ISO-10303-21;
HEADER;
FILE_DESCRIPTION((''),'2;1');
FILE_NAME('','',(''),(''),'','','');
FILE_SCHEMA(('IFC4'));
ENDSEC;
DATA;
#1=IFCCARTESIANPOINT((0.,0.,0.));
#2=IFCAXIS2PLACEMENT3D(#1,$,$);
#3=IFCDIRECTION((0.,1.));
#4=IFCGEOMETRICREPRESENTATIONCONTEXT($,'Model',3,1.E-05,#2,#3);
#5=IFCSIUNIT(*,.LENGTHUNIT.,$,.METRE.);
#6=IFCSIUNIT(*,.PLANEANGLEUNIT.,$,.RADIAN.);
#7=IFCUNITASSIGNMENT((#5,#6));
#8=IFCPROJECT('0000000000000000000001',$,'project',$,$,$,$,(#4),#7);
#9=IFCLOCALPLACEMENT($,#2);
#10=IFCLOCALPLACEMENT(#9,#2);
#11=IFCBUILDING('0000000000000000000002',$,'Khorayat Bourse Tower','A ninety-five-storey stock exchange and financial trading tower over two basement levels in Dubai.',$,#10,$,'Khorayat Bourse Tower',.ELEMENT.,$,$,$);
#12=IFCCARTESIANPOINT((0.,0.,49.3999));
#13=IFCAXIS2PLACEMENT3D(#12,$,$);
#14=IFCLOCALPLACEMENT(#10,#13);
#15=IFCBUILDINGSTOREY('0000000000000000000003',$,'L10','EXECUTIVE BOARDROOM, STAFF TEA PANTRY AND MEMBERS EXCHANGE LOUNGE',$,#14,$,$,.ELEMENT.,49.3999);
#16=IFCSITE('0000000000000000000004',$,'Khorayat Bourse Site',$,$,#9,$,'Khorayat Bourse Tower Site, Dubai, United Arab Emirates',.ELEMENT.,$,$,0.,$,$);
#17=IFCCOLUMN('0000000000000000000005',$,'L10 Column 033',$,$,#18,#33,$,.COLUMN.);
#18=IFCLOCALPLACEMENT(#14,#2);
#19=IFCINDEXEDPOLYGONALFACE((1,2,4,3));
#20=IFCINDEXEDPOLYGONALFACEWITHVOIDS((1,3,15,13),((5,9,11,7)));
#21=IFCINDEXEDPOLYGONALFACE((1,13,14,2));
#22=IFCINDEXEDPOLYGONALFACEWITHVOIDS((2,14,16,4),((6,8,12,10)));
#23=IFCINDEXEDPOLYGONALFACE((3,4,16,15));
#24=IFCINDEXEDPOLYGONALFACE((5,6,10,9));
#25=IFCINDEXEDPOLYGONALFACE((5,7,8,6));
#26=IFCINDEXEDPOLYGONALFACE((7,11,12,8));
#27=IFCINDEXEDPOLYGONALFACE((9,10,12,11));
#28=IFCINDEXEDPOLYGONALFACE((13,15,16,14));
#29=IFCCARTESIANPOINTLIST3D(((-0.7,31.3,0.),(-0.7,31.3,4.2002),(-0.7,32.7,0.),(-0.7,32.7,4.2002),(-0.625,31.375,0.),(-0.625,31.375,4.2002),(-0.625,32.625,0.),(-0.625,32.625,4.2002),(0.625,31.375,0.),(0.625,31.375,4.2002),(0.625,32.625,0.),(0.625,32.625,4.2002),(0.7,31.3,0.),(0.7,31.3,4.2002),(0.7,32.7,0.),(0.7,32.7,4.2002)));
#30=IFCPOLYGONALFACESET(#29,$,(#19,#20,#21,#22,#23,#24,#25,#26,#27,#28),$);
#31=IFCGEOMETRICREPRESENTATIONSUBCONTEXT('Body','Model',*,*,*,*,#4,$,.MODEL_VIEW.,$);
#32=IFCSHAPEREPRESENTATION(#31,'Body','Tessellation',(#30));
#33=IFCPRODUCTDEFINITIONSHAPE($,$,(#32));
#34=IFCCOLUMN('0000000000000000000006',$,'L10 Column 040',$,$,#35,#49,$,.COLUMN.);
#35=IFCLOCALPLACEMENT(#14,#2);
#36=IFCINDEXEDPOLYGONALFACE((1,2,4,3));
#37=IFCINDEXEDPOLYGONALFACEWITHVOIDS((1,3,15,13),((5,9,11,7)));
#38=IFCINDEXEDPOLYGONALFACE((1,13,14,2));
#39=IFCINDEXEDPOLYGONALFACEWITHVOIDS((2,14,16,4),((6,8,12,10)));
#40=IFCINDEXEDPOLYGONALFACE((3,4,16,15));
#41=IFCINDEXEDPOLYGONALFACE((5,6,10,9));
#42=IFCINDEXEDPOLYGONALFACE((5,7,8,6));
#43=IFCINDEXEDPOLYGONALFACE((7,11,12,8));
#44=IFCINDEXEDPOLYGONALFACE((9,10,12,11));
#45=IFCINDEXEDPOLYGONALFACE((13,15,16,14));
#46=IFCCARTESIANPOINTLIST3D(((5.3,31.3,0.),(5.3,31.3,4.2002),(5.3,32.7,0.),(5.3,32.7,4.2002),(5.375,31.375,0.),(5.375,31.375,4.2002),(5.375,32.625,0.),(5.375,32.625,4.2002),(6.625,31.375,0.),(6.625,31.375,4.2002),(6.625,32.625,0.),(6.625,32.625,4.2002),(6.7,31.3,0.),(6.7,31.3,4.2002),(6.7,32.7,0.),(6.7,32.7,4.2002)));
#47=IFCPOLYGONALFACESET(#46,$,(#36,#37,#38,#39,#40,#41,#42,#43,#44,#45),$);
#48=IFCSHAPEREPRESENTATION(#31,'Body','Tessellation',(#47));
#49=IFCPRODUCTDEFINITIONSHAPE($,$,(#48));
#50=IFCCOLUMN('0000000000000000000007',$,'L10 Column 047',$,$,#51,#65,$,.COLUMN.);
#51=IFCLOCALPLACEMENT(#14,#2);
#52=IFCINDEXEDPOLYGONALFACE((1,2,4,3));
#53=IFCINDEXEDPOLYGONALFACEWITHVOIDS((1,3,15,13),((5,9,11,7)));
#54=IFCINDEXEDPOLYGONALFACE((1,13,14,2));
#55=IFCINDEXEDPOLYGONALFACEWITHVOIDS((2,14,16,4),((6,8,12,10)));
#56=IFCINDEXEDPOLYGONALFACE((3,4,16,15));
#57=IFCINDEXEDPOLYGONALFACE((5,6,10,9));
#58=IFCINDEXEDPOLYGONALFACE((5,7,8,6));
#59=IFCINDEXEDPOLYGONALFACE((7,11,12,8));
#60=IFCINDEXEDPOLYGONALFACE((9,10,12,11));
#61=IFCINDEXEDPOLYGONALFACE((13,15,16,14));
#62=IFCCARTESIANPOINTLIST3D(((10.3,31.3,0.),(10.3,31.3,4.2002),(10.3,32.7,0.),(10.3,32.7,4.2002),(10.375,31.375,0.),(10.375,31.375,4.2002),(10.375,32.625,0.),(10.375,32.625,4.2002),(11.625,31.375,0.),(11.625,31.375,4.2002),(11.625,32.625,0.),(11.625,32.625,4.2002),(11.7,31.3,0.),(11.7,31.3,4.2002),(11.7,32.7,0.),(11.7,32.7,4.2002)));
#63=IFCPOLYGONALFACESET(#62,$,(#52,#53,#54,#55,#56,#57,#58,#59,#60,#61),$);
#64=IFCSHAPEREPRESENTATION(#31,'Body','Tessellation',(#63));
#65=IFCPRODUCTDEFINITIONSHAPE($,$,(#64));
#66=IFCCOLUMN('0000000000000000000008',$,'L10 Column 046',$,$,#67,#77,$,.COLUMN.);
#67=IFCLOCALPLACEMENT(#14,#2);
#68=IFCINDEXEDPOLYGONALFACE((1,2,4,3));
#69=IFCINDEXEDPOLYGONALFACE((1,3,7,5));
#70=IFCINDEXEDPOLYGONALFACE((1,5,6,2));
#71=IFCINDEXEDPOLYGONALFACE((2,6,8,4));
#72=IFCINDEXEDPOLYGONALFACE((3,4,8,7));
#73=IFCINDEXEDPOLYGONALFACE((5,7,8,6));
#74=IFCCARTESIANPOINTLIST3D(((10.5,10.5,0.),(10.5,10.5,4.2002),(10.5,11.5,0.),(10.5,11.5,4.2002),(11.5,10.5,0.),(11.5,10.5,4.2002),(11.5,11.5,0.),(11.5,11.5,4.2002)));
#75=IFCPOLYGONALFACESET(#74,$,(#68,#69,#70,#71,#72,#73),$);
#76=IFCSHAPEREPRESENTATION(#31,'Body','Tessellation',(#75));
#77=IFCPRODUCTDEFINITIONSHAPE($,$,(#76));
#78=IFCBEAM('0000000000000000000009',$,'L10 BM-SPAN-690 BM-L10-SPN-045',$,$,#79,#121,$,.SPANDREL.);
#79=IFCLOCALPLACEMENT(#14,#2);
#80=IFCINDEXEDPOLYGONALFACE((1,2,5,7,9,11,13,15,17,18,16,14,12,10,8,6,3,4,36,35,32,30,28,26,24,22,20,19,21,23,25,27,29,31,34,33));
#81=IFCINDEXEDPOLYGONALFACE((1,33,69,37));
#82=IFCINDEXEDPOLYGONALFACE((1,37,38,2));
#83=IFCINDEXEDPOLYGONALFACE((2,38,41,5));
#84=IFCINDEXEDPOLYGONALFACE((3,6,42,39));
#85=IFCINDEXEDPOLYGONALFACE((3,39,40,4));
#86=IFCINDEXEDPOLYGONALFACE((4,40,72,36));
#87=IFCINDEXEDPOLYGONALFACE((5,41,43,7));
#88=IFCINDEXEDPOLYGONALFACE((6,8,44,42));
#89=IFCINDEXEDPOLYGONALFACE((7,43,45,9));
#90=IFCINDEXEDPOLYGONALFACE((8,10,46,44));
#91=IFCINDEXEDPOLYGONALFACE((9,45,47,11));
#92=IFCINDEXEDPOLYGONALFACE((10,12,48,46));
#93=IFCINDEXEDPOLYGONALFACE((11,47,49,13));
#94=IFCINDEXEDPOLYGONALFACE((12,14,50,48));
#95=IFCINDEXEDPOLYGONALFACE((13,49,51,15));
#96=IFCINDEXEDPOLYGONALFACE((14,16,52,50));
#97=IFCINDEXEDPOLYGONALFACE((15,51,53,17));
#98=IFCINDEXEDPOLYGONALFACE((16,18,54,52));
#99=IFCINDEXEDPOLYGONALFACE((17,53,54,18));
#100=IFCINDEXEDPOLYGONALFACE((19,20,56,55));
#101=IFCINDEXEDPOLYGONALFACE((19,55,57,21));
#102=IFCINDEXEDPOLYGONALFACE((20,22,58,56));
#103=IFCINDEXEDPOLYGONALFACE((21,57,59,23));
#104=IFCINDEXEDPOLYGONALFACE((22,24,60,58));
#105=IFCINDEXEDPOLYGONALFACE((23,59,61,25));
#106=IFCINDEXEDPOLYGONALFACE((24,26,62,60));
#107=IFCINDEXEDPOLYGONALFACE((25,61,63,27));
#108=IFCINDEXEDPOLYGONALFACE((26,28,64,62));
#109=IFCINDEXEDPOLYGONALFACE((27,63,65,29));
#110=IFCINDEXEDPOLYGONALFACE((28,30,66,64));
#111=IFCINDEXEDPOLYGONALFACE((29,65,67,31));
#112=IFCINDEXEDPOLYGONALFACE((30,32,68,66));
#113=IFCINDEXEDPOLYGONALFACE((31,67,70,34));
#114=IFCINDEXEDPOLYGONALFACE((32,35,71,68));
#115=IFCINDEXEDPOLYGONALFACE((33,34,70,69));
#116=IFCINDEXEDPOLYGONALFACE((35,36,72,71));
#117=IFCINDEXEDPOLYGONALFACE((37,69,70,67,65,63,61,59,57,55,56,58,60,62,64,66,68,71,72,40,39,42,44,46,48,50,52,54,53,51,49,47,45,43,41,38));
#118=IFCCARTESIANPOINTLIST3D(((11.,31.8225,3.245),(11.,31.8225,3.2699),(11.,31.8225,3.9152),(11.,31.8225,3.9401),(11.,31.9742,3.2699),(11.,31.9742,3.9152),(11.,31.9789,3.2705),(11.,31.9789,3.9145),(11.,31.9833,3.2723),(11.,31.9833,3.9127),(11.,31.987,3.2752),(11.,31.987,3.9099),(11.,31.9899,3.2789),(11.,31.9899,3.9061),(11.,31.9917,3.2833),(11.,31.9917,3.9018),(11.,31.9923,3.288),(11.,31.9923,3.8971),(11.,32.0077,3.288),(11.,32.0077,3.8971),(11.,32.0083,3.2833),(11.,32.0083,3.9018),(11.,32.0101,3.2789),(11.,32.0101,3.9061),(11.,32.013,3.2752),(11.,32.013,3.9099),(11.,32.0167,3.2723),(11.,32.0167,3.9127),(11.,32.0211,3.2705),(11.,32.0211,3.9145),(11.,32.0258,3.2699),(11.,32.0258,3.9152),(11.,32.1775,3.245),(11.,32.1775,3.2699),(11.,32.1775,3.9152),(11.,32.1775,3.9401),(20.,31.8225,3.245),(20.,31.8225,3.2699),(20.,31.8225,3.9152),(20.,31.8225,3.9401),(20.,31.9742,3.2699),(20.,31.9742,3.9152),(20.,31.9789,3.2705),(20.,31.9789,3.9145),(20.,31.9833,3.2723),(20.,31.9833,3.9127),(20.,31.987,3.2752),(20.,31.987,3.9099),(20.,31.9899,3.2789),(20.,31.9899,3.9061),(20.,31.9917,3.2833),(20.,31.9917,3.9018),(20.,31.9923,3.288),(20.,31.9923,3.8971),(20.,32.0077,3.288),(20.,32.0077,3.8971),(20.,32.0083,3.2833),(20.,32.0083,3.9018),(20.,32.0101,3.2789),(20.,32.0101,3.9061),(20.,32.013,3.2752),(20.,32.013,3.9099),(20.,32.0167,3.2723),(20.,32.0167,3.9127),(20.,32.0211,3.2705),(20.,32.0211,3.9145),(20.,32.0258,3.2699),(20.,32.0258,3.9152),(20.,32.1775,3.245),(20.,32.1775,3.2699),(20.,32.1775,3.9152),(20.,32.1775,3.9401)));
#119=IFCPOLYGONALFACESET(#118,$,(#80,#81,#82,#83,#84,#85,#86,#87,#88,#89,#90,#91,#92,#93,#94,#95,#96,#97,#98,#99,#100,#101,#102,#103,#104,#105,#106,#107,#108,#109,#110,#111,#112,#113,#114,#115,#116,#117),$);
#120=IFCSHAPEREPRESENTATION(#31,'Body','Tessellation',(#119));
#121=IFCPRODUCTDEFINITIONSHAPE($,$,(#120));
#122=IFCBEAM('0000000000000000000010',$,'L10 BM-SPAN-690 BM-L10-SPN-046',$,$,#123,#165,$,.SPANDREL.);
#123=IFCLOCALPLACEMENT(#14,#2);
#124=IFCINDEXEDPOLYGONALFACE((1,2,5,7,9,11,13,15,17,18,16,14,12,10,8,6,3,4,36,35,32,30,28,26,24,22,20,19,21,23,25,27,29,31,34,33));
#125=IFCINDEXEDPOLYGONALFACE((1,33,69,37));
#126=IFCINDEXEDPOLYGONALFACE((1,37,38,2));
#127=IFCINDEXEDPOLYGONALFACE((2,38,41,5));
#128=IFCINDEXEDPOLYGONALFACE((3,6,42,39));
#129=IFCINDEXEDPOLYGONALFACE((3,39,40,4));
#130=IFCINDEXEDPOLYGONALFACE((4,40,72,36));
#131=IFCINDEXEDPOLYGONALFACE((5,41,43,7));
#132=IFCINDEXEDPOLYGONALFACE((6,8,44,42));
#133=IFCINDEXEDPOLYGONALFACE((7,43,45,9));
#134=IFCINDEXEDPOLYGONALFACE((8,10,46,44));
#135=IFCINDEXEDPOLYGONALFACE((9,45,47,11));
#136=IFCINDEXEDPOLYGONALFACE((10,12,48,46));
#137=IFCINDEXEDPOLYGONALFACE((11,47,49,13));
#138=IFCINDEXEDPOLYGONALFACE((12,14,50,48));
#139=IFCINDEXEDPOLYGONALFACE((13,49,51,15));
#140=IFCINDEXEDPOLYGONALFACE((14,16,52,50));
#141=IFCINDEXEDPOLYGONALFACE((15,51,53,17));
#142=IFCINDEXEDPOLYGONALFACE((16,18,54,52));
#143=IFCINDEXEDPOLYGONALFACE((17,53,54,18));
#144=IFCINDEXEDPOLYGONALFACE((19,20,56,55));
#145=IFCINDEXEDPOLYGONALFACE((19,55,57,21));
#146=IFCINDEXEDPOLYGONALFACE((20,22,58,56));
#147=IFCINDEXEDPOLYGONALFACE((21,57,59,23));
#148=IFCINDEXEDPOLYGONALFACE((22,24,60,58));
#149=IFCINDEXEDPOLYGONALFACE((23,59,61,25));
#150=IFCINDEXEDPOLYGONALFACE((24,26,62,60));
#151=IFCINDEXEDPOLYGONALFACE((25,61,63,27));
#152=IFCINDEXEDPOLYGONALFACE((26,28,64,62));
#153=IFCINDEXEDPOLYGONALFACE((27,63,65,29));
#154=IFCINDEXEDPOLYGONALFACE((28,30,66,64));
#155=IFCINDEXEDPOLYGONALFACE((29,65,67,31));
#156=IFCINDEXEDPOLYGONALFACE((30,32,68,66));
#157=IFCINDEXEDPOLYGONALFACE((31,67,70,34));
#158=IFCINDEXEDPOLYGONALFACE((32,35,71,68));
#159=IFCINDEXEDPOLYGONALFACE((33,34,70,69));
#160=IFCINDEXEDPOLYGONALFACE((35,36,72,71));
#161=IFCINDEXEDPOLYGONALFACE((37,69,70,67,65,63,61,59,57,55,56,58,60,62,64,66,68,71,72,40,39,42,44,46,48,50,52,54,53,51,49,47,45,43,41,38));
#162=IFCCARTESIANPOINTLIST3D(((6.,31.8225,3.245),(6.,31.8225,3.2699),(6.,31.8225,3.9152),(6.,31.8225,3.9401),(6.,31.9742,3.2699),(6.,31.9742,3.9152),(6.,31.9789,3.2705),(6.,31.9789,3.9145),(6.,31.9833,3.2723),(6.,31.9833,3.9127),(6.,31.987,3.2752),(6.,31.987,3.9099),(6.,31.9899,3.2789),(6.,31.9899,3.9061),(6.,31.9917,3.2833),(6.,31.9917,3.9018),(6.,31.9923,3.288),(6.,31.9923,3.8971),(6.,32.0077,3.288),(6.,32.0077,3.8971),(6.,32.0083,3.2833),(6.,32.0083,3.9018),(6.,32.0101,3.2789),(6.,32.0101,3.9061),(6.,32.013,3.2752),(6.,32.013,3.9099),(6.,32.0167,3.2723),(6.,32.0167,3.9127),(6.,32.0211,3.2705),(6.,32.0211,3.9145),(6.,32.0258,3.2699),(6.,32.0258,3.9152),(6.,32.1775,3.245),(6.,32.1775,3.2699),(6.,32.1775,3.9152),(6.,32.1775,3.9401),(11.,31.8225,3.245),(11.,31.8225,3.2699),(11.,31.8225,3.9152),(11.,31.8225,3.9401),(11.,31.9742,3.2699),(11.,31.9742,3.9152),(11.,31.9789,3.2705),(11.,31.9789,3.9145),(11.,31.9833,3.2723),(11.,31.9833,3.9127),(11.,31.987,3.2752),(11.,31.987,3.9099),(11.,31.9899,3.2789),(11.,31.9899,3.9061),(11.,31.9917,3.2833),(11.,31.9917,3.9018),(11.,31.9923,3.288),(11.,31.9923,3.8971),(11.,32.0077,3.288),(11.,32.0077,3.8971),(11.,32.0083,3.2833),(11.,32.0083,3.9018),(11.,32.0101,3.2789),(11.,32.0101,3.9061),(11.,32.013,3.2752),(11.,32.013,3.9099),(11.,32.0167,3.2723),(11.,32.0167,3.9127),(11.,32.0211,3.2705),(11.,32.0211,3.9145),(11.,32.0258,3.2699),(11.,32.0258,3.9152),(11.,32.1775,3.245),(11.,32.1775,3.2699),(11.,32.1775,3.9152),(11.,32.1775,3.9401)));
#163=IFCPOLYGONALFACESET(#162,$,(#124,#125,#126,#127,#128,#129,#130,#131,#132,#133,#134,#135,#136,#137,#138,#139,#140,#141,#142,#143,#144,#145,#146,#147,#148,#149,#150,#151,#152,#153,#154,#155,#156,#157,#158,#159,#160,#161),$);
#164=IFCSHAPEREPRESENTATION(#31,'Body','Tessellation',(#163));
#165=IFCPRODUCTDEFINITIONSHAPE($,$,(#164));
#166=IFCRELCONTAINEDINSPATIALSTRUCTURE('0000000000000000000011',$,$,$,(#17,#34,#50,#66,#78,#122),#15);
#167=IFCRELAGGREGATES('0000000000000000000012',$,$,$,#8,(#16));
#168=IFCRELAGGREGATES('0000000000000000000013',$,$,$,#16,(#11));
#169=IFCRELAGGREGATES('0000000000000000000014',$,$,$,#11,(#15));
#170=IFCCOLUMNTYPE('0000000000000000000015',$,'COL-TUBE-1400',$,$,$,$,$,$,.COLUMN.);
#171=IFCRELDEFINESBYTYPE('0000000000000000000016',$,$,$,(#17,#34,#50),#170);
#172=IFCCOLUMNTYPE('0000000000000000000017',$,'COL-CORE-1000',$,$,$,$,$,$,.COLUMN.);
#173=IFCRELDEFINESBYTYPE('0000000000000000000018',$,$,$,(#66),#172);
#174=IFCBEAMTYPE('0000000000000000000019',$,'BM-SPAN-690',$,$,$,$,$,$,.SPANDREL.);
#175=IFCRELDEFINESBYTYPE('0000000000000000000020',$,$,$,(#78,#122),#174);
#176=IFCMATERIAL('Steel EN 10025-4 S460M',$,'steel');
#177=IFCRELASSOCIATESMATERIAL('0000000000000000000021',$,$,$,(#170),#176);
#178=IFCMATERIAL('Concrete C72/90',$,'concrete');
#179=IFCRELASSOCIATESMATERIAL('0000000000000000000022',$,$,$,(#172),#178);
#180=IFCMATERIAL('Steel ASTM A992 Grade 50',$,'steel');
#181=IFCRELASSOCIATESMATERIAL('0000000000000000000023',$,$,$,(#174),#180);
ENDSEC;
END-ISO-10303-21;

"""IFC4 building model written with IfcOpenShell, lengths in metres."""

from ifc_helpers import new_model, si_unit, direction, frame, origin, origin_2d, place, context, subcontext, project, spatial, rectangle, hollow_rectangle, i_section, extrude, source, transform, mapped, material, material_profile, profile_set, type_object, element, save


model = new_model("IFC4")

# Units and contexts
model_context = context("Model", 3, precision=1e-05, world=origin(), true_north=direction((0.0, 1.0)))
body_context = subcontext(model_context, "Body", "Model", "MODEL_VIEW")
ifc_project = project(units=[si_unit("LENGTHUNIT", "METRE"), si_unit("PLANEANGLEUNIT", "RADIAN")], contexts=[model_context])

# Site, building, storey
site_placement = place(None, origin())
site = spatial("IfcSite", under=ifc_project, at=site_placement, Name="Khorayat Bourse Site", LongName="Khorayat Bourse Tower Site, Dubai, United Arab Emirates", CompositionType="ELEMENT", RefElevation=0.0)
building_placement = place(site_placement, origin())
building = spatial("IfcBuilding", under=site, at=building_placement, Name="Khorayat Bourse Tower", Description="A ninety-five-storey stock exchange and financial trading tower over two basement levels in Dubai.", LongName="Khorayat Bourse Tower", CompositionType="ELEMENT")
storey_placement = place(building_placement, frame((0.0, 0.0, 49.3999)))
storey = spatial("IfcBuildingStorey", under=building, at=storey_placement, Name="L10", Description="EXECUTIVE BOARDROOM, STAFF TEA PANTRY AND MEMBERS EXCHANGE LOUNGE", CompositionType="ELEMENT", Elevation=49.3999)

# Columns
ifc_material_1 = material(Name="Steel EN 10025-4 S460M", Category="steel")
ifc_material_profile_1 = material_profile(ifc_material_1, hollow_rectangle(XDim=1.3999, YDim=1.3999, WallThickness=0.075, at=origin_2d()), Name="BOX 1400x1400x75")
ifc_profile_set_1 = profile_set([ifc_material_profile_1], Name="Steel EN 10025-4 S460M")
column_type_1 = type_object("IfcColumnType", Name="COL-TUBE-1400", PredefinedType="COLUMN", material=ifc_profile_set_1)
shared_shape_1 = source(origin(), body_context, "Body", "SweptSolid", [
    extrude(hollow_rectangle(XDim=1.3999, YDim=1.3999, WallThickness=0.075, at=origin_2d()), origin(), (0.0, 0.0, 1.0), 4.2002),
])
for number, where, z_axis, x_axis, name in (
    (1, (0.0, 32.0, 0.0), (0.0, 0.0, 1.0), (1.0, 0.0, 0.0), "L10 Column 033"),
    (2, (6.0, 32.0, 0.0), (0.0, 0.0, 1.0), (1.0, 0.0, 0.0), "L10 Column 040"),
    (3, (11.0, 32.0, 0.0), (0.0, 0.0, 1.0), (1.0, 0.0, 0.0), "L10 Column 047"),
):
    element("IfcColumn", number, at=place(storey_placement, frame(where, z_axis=z_axis, x_axis=x_axis)), inside=storey, type_object=column_type_1, Name=name, PredefinedType="COLUMN", context=body_context, shape_type="MappedRepresentation", body=[
        mapped(shared_shape_1, transform((0.0, 0.0, 0.0), scale=1.0)),
    ])
ifc_material_2 = material(Name="Concrete C72/90", Category="concrete")
ifc_material_profile_2 = material_profile(ifc_material_2, rectangle(XDim=1.0, YDim=1.0, at=origin_2d()), Name="RC 1000x1000")
ifc_profile_set_2 = profile_set([ifc_material_profile_2], Name="Concrete C72/90")
column_type_2 = type_object("IfcColumnType", Name="COL-CORE-1000", PredefinedType="COLUMN", material=ifc_profile_set_2)
shared_shape_2 = source(origin(), body_context, "Body", "SweptSolid", [
    extrude(rectangle(XDim=1.0, YDim=1.0, at=origin_2d()), origin(), (0.0, 0.0, 1.0), 4.2002),
])
column_placement = place(storey_placement, frame((11.0, 11.0, 0.0), z_axis=(0.0, 0.0, 1.0), x_axis=(1.0, 0.0, 0.0)))
element("IfcColumn", 4, at=column_placement, inside=storey, type_object=column_type_2, Name="L10 Column 046", PredefinedType="COLUMN", context=body_context, shape_type="MappedRepresentation", body=[
    mapped(shared_shape_2, transform((0.0, 0.0, 0.0), scale=1.0)),
])

# Beams
ifc_material_3 = material(Name="Steel ASTM A992 Grade 50", Category="steel")
ifc_material_profile_3 = material_profile(ifc_material_3, i_section(OverallWidth=0.355, OverallDepth=0.6951, WebThickness=0.0154, FlangeThickness=0.0249, FilletRadius=0.0181, at=origin_2d()), Name="W690X217")
ifc_profile_set_3 = profile_set([ifc_material_profile_3], Name="Steel ASTM A992 Grade 50")
beam_type_1 = type_object("IfcBeamType", Name="BM-SPAN-690", PredefinedType="SPANDREL", material=ifc_profile_set_3)
shared_shape_3 = source(origin(), body_context, "Body", "SweptSolid", [
    extrude(i_section(OverallWidth=0.355, OverallDepth=0.6951, WebThickness=0.0154, FlangeThickness=0.0249, FilletRadius=0.0181, at=origin_2d()), origin(), (0.0, 0.0, 1.0), 9.0),
])
beam_1_placement = place(storey_placement, frame((11.0, 32.0, 3.5925), z_axis=(1.0, 0.0, 0.0), x_axis=(0.0, 1.0, 0.0)))
element("IfcBeam", 5, at=beam_1_placement, inside=storey, type_object=beam_type_1, Name="L10 BM-SPAN-690 BM-L10-SPN-045", PredefinedType="SPANDREL", context=body_context, shape_type="MappedRepresentation", body=[
    mapped(shared_shape_3, transform((0.0, 0.0, 0.0), scale=1.0)),
])
shared_shape_4 = source(origin(), body_context, "Body", "SweptSolid", [
    extrude(i_section(OverallWidth=0.355, OverallDepth=0.6951, WebThickness=0.0154, FlangeThickness=0.0249, FilletRadius=0.0181, at=origin_2d()), origin(), (0.0, 0.0, 1.0), 5.0),
])
beam_2_placement = place(storey_placement, frame((6.0, 32.0, 3.5925), z_axis=(1.0, 0.0, 0.0), x_axis=(0.0, 1.0, 0.0)))
element("IfcBeam", 6, at=beam_2_placement, inside=storey, type_object=beam_type_1, Name="L10 BM-SPAN-690 BM-L10-SPN-046", PredefinedType="SPANDREL", context=body_context, shape_type="MappedRepresentation", body=[
    mapped(shared_shape_4, transform((0.0, 0.0, 0.0), scale=1.0)),
])

save(model, "model.ifc")
